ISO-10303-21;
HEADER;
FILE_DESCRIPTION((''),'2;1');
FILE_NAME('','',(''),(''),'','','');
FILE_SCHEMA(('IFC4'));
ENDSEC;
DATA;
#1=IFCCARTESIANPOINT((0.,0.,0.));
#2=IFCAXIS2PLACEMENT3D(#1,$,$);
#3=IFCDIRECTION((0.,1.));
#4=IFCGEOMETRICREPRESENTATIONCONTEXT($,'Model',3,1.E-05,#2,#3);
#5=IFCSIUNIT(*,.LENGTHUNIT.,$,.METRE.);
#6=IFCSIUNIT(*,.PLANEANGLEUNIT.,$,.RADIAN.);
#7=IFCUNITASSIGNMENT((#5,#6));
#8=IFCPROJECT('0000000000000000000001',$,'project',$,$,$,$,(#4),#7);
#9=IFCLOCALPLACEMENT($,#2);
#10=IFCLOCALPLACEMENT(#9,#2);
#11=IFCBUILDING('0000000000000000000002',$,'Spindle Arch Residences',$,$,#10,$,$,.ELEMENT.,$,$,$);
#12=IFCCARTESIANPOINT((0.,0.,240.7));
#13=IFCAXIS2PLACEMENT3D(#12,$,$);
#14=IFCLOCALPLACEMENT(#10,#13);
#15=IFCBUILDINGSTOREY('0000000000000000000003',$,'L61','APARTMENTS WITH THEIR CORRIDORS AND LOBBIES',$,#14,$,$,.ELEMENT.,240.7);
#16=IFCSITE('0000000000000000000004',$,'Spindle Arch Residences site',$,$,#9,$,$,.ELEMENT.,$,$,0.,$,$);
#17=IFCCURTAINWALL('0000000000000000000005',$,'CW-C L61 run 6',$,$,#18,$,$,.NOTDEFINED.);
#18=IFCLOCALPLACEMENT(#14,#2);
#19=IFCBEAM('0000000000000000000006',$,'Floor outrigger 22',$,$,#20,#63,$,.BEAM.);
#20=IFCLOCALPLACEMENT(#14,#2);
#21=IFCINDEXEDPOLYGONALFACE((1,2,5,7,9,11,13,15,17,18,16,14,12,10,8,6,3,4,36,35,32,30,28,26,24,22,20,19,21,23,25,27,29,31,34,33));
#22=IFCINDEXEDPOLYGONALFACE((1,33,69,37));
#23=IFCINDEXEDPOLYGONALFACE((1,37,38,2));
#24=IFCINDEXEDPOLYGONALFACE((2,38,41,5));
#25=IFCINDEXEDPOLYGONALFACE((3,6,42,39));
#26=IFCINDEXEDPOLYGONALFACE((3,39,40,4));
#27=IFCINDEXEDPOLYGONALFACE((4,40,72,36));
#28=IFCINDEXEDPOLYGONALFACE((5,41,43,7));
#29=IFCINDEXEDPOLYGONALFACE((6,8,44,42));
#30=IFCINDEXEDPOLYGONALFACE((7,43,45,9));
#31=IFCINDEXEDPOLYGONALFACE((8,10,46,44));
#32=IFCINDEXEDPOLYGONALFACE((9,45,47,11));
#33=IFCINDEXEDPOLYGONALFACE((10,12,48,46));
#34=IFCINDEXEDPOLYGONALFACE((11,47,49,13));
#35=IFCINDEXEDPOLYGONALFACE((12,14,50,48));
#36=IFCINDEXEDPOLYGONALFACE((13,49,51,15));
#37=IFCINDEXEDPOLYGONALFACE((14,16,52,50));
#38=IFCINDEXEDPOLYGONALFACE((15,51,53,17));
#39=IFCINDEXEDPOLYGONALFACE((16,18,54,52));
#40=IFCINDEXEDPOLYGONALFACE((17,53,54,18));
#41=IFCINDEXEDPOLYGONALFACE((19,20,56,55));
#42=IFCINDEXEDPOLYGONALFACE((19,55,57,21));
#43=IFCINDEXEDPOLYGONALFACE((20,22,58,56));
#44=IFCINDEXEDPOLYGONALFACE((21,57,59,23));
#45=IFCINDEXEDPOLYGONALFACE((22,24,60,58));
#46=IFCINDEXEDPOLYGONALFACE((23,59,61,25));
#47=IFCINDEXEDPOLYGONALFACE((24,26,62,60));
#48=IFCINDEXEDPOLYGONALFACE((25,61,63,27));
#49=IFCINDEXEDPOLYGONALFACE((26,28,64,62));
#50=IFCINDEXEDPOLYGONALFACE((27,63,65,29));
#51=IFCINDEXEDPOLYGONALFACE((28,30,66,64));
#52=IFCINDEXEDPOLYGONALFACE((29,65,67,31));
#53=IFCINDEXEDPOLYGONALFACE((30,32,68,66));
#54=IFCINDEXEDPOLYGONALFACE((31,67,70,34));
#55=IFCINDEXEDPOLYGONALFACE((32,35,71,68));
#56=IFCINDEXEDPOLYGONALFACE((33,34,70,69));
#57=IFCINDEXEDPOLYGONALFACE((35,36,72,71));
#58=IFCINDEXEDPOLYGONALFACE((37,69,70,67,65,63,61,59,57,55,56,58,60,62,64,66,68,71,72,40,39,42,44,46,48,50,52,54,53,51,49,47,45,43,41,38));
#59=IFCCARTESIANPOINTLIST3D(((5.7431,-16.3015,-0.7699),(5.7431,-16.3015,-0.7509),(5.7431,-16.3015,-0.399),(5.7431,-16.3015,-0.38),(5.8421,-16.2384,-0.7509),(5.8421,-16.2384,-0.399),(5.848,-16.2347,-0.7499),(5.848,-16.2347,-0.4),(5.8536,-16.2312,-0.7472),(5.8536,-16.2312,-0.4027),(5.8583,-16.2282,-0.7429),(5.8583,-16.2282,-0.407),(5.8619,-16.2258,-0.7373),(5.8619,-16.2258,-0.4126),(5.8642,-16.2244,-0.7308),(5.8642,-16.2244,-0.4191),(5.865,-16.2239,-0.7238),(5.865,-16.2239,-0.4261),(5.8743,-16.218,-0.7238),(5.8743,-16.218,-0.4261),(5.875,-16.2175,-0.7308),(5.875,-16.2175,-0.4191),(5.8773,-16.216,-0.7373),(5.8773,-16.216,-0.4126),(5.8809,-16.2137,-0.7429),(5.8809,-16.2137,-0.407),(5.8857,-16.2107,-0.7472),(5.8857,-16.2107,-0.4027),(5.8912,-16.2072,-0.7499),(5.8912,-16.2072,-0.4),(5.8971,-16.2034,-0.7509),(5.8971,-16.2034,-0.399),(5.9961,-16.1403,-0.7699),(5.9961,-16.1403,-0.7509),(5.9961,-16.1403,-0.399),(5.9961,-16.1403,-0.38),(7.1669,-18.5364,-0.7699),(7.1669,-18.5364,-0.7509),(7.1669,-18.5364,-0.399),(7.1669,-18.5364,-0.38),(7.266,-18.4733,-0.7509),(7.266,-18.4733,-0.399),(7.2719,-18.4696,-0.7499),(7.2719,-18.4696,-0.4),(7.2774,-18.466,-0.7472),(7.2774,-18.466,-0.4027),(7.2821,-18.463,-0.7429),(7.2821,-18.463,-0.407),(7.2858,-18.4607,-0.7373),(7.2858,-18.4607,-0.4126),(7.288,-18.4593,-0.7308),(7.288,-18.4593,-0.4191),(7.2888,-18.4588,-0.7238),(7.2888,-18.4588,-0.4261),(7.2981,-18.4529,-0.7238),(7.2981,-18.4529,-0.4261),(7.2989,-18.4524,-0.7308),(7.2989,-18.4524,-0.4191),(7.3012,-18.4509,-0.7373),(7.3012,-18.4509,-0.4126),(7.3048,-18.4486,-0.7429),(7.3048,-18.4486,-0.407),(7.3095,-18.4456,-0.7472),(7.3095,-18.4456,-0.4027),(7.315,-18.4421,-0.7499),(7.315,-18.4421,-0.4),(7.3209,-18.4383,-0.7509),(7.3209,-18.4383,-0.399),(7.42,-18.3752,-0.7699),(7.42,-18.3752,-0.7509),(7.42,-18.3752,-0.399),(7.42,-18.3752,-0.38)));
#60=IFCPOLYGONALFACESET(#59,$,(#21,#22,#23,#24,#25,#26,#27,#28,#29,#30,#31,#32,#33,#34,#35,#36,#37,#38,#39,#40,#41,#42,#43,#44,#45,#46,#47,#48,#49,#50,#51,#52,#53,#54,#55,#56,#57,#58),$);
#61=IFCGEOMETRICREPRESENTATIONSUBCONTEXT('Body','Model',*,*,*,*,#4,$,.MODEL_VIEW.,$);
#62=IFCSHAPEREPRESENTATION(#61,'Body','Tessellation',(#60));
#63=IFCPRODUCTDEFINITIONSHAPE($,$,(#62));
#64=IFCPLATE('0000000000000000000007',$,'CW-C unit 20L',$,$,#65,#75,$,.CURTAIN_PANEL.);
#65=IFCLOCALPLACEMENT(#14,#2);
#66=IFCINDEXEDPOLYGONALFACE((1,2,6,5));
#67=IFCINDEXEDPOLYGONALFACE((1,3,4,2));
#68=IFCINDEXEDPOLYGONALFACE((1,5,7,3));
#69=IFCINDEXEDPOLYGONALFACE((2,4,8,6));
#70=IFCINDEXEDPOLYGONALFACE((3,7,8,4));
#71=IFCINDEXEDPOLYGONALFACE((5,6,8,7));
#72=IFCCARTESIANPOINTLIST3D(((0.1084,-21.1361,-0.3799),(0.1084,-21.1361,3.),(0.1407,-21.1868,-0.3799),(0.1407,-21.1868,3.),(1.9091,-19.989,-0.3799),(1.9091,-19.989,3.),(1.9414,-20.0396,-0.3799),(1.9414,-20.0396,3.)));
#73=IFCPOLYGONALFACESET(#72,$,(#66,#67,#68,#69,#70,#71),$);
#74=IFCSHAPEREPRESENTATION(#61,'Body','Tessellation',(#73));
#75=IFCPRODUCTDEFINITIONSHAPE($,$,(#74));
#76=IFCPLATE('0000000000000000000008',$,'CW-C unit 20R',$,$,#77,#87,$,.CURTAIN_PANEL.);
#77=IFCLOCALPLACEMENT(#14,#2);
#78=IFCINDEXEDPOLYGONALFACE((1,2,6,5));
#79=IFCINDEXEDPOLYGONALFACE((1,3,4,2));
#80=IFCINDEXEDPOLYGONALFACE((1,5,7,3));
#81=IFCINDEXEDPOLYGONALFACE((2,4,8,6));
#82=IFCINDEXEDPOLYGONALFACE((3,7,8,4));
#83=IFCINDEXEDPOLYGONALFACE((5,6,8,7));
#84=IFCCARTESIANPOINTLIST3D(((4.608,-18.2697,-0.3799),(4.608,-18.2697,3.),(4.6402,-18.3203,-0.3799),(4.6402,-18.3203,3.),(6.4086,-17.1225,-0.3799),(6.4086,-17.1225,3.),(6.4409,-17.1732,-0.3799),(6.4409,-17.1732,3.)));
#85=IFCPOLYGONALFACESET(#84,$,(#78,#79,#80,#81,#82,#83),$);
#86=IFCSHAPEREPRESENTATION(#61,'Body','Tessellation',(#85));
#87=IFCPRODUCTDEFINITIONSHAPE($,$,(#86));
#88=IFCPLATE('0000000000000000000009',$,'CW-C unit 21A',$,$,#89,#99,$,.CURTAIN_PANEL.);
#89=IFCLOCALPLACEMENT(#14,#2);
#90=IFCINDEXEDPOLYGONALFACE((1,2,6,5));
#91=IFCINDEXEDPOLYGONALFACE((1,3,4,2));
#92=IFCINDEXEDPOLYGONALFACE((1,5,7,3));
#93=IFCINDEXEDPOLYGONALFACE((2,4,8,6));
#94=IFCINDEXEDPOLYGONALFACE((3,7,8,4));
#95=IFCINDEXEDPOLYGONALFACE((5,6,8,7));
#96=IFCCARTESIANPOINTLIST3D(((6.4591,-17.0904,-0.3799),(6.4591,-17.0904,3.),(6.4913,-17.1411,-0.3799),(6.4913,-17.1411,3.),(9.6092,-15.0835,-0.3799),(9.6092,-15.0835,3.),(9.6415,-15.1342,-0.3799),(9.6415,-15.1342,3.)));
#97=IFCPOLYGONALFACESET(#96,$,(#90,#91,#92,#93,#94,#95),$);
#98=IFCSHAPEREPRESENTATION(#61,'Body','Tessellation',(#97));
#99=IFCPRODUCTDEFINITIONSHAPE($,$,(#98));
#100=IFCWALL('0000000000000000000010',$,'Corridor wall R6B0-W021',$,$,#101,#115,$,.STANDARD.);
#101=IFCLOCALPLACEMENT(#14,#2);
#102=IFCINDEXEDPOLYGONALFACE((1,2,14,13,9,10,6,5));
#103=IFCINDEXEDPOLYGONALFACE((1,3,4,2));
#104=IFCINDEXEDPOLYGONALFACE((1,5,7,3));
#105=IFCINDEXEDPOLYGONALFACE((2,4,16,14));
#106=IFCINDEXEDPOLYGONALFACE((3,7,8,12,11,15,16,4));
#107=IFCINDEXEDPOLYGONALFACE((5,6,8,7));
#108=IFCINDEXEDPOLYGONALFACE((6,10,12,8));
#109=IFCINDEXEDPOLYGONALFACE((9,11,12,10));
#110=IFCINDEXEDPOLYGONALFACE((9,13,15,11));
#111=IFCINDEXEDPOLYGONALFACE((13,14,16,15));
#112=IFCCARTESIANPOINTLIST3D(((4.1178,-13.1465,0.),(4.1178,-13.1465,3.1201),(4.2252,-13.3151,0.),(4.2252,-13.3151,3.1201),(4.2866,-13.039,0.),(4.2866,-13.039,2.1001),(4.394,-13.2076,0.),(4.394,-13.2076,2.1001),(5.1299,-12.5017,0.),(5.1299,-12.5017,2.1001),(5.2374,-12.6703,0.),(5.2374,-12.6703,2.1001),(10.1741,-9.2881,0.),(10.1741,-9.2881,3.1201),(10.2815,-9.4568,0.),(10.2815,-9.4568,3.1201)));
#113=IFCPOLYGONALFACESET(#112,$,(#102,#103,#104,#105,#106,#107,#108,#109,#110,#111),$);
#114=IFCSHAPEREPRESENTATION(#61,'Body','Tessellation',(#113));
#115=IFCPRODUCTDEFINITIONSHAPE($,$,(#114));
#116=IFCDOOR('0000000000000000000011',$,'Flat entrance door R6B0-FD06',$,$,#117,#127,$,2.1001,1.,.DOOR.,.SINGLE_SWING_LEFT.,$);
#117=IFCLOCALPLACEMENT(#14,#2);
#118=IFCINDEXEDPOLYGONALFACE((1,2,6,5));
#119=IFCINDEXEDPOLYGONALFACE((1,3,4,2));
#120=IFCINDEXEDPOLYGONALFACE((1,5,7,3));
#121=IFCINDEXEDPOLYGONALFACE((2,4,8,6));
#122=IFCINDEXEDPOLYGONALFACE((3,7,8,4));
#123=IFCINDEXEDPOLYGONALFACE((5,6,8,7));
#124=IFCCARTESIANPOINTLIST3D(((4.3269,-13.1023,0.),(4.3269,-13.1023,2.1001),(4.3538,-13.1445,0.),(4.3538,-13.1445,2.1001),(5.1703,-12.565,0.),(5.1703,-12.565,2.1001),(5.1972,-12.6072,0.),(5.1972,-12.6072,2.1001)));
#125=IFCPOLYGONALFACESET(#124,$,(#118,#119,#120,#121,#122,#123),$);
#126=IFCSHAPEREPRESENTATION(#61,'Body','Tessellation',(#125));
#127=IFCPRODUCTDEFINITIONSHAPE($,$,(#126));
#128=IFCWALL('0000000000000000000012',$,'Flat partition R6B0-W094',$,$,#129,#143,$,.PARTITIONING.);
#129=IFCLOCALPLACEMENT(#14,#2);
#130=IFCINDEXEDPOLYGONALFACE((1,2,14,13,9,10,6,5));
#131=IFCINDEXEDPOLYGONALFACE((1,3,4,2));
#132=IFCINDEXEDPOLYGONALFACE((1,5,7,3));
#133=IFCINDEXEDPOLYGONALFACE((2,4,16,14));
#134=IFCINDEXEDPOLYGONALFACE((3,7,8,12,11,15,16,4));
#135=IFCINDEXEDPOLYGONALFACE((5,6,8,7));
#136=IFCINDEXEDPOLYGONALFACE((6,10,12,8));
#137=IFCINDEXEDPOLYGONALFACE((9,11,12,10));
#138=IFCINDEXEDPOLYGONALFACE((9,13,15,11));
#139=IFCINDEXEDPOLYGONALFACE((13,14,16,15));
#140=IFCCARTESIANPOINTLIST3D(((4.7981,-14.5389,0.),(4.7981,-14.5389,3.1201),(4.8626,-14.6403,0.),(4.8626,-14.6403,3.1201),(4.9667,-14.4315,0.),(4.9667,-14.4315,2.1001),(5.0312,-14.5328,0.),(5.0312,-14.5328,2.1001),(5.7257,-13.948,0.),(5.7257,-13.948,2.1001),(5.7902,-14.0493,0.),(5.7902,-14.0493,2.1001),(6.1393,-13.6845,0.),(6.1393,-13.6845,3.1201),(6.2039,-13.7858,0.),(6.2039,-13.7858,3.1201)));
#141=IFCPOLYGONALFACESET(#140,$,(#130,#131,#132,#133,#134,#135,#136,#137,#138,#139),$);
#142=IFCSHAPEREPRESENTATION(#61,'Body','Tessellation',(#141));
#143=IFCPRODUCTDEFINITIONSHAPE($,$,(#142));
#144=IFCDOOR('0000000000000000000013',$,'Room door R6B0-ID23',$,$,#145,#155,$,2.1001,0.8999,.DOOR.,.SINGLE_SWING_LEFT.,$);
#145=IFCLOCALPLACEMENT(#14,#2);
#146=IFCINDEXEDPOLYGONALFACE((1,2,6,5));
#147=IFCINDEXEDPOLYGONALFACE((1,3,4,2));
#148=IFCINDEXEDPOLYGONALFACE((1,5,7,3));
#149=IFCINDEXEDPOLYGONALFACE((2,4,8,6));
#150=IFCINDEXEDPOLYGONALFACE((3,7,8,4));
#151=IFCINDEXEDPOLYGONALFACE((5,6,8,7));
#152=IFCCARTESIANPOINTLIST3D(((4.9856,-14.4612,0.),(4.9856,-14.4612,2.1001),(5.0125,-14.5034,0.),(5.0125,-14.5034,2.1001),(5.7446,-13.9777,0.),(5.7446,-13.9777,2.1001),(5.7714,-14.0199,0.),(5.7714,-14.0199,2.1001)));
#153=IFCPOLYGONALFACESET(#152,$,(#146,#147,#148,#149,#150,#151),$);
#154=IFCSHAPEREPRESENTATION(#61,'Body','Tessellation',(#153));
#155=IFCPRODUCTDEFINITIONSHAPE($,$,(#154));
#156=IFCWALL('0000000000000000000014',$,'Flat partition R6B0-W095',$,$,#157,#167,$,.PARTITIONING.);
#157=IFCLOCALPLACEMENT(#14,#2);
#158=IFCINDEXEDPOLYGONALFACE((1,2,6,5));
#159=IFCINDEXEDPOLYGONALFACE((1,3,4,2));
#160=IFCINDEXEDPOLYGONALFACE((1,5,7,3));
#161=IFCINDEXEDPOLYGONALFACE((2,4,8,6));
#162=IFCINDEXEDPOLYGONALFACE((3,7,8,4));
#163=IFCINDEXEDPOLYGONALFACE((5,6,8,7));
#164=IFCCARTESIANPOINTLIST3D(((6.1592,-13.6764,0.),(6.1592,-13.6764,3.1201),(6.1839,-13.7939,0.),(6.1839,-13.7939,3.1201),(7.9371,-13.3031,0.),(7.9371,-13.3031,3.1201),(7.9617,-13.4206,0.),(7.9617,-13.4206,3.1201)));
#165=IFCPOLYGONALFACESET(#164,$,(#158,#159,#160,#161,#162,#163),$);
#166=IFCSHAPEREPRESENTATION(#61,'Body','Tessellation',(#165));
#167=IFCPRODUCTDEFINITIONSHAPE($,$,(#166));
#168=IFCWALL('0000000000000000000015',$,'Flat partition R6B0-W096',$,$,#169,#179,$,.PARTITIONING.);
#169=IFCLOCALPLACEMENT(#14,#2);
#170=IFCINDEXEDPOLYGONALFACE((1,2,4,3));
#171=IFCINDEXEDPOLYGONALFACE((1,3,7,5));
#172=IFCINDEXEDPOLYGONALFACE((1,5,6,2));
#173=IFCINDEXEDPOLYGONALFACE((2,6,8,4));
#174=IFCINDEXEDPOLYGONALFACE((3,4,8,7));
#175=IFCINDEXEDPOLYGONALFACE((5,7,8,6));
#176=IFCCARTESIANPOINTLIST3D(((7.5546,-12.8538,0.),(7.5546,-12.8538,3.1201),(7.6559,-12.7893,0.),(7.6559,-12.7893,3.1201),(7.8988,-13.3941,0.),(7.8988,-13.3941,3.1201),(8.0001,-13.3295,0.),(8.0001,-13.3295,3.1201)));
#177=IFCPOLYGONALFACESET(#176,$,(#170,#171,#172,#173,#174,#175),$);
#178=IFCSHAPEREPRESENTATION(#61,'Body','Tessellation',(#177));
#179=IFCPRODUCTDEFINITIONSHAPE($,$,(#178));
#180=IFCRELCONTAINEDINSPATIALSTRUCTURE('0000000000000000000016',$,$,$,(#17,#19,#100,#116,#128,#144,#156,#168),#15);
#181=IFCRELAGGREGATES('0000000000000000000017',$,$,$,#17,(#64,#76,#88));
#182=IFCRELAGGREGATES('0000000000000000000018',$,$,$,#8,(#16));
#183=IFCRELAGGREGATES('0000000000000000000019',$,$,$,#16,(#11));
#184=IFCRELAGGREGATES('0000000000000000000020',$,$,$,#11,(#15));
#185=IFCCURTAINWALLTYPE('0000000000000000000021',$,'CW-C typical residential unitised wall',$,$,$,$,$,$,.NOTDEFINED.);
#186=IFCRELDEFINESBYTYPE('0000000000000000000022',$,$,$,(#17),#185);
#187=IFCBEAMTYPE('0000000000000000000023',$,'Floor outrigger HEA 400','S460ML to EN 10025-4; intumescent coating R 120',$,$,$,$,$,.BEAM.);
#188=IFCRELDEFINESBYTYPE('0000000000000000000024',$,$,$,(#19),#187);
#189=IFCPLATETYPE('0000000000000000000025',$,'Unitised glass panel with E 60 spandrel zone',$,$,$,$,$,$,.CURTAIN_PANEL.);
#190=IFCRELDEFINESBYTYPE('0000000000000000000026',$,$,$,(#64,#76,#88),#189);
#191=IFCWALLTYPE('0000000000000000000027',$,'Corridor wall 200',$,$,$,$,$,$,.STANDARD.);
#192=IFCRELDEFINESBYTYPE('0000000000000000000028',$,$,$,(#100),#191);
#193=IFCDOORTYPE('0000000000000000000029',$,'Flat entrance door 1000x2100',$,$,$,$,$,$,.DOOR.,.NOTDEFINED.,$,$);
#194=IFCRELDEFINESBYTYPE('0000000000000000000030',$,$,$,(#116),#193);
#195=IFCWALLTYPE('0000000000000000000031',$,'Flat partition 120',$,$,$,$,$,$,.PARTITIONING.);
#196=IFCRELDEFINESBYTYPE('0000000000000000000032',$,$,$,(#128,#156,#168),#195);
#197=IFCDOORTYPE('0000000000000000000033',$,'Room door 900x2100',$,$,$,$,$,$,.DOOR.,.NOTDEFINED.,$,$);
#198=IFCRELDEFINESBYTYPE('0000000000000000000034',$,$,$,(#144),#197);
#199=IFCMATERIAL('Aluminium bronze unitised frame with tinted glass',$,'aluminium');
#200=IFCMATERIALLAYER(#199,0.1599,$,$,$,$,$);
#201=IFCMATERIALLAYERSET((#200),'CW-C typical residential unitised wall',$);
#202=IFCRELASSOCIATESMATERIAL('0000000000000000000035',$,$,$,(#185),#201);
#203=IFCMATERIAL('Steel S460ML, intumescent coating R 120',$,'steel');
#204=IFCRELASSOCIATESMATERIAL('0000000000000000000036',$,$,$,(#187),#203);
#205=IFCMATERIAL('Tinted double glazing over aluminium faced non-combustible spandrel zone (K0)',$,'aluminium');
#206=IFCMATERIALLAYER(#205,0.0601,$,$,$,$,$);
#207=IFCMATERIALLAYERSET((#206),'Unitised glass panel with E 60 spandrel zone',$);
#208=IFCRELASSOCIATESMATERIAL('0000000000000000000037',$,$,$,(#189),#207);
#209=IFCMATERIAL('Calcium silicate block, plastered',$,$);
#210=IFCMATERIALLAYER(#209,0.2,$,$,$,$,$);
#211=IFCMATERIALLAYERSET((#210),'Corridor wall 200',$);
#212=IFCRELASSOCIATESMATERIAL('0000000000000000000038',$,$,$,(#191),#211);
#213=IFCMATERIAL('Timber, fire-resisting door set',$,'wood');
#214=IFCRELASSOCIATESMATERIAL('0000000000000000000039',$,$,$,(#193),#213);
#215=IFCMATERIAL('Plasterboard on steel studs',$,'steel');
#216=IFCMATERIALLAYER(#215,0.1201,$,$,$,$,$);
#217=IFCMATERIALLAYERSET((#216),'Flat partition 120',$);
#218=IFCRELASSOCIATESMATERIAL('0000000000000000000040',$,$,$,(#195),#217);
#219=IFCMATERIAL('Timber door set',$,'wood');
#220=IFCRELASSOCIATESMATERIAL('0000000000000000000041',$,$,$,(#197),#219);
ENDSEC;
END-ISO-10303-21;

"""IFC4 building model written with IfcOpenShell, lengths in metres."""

from ifc_helpers import new_model, si_unit, direction, frame, frame_2d, origin, origin_2d, place, context, subcontext, project, spatial, rectangle, i_section, extrude, material, layer, layer_set, material_profile, profile_set, type_object, element, fill, aggregate, save


model = new_model("IFC4")

# Units and contexts
model_context = context("Model", 3, precision=1e-05, world=origin(), true_north=direction((0.0, 1.0)))
body_context = subcontext(model_context, "Body", "Model", "MODEL_VIEW")
ifc_project = project(units=[si_unit("LENGTHUNIT", "METRE"), si_unit("PLANEANGLEUNIT", "RADIAN")], contexts=[model_context])

# Site, building, storey
site_placement = place(None, origin())
site = spatial("IfcSite", under=ifc_project, at=site_placement, Name="Spindle Arch Residences site", CompositionType="ELEMENT", RefElevation=0.0)
building_placement = place(site_placement, origin())
building = spatial("IfcBuilding", under=site, at=building_placement, Name="Spindle Arch Residences", CompositionType="ELEMENT")
storey_placement = place(building_placement, frame((0.0, 0.0, 240.7)))
storey = spatial("IfcBuildingStorey", under=building, at=storey_placement, Name="L61", Description="APARTMENTS WITH THEIR CORRIDORS AND LOBBIES", CompositionType="ELEMENT", Elevation=240.7)

# Curtain wall
ifc_material_1 = material(Name="Aluminium bronze unitised frame with tinted glass", Category="aluminium")
ifc_layer_1 = layer(ifc_material_1, 0.1599)
ifc_layer_set_1 = layer_set([ifc_layer_1], Name="CW-C typical residential unitised wall")
curtain_wall_type = type_object("IfcCurtainWallType", Name="CW-C typical residential unitised wall", PredefinedType="NOTDEFINED", material=ifc_layer_set_1)
curtain_wall_placement = place(storey_placement, origin())
curtain_wall = element("IfcCurtainWall", 1, at=curtain_wall_placement, inside=storey, type_object=curtain_wall_type, Name="CW-C L61 run 6", PredefinedType="NOTDEFINED")

# Beam
ifc_material_2 = material(Name="Steel S460ML, intumescent coating R 120", Category="steel")
ifc_material_profile_1 = material_profile(ifc_material_2, i_section(OverallWidth=0.3, OverallDepth=0.3899, WebThickness=0.011, FlangeThickness=0.019, FilletRadius=0.0271, at=origin_2d()), Name="HEA 400")
ifc_profile_set_1 = profile_set([ifc_material_profile_1], Name="Steel S460ML, intumescent coating R 120")
beam_type_1 = type_object("IfcBeamType", Name="Floor outrigger HEA 400", Description="S460ML to EN 10025-4; intumescent coating R 120", PredefinedType="BEAM", material=ifc_profile_set_1)
for number, where, z_axis, x_axis, name in (
    (2, (7.2935, -18.4558, -0.575), (-0.537317, 0.843381, 0.0), (-0.843381, -0.537317, 0.0), "Floor outrigger 22"),
):
    element("IfcBeam", number, at=place(storey_placement, frame(where, z_axis=z_axis, x_axis=x_axis)), inside=storey, type_object=beam_type_1, Name=name, PredefinedType="BEAM", context=body_context, shape_type="SweptSolid", body=[
        extrude(i_section(OverallWidth=0.3, OverallDepth=0.3899, WebThickness=0.011, FlangeThickness=0.019, FilletRadius=0.0271, at=origin_2d()), origin(), (0.0, 0.0, 1.0), 2.6499),
    ])

# Plates
ifc_material_3 = material(Name="Tinted double glazing over aluminium faced non-combustible spandrel zone (K0)", Category="aluminium")
ifc_layer_2 = layer(ifc_material_3, 0.0601)
ifc_layer_set_2 = layer_set([ifc_layer_2], Name="Unitised glass panel with E 60 spandrel zone")
plate_type = type_object("IfcPlateType", Name="Unitised glass panel with E 60 spandrel zone", PredefinedType="CURTAIN_PANEL", material=ifc_layer_set_2)
plate_1_placement = place(storey_placement, frame((1.0249, -20.5879, -0.3799), z_axis=(0.0, 0.0, 1.0), x_axis=(0.843391, 0.5373, 0.0)))
plate_1 = element("IfcPlate", 3, at=plate_1_placement, type_object=plate_type, Name="CW-C unit 20L", PredefinedType="CURTAIN_PANEL", context=body_context, shape_type="SweptSolid", body=[
    extrude(rectangle(XDim=2.135, YDim=0.0601, at=origin_2d()), origin(), (0.0, 0.0, 1.0), 3.3799),
])
plate_2_placement = place(storey_placement, frame((5.5244, -17.7214, -0.3799), z_axis=(0.0, 0.0, 1.0), x_axis=(0.843391, 0.5373, 0.0)))
plate_2 = element("IfcPlate", 4, at=plate_2_placement, type_object=plate_type, Name="CW-C unit 20R", PredefinedType="CURTAIN_PANEL", context=body_context, shape_type="SweptSolid", body=[
    extrude(rectangle(XDim=2.135, YDim=0.0601, at=origin_2d()), origin(), (0.0, 0.0, 1.0), 3.3799),
])
plate_3_placement = place(storey_placement, frame((8.0503, -16.1123, -0.3799), z_axis=(0.0, 0.0, 1.0), x_axis=(0.843391, 0.5373, 0.0)))
plate_3 = element("IfcPlate", 5, at=plate_3_placement, type_object=plate_type, Name="CW-C unit 21A", PredefinedType="CURTAIN_PANEL", context=body_context, shape_type="SweptSolid", body=[
    extrude(rectangle(XDim=3.7351, YDim=0.0601, at=origin_2d()), origin(), (0.0, 0.0, 1.0), 3.3799),
])
aggregate(curtain_wall, [plate_1, plate_2, plate_3])

# Walls, openings, doors
ifc_material_4 = material(Name="Calcium silicate block, plastered")
ifc_layer_3 = layer(ifc_material_4, 0.2)
ifc_layer_set_3 = layer_set([ifc_layer_3], Name="Corridor wall 200")
wall_type_1 = type_object("IfcWallType", Name="Corridor wall 200", PredefinedType="STANDARD", material=ifc_layer_set_3)
wall_1_placement = place(storey_placement, frame((4.1716, -13.2307, 0.0), z_axis=(0.0, 0.0, 1.0), x_axis=(0.843388, 0.537304, 0.0)))
wall_1 = element("IfcWall", 6, at=wall_1_placement, inside=storey, type_object=wall_type_1, Name="Corridor wall R6B0-W021", PredefinedType="STANDARD", context=body_context, shape_type="SweptSolid", body=[
    extrude(rectangle(XDim=7.1809, YDim=0.2, at=frame_2d((3.5903, 0.0))), origin(), (0.0, 0.0, 1.0), 3.1201),
])
opening_1_placement = place(wall_1_placement, frame((0.2, 0.0, 0.0)))
opening_1 = element("IfcOpeningElement", 7, at=opening_1_placement, cuts=wall_1, PredefinedType="OPENING", context=body_context, shape_type="SweptSolid", body=[
    extrude(rectangle(XDim=1.0, YDim=2.1001, at=frame_2d((0.5, 1.05))), frame((0.0, 0.1099, 0.0), z_axis=(0.0, -1.0, 0.0), x_axis=(1.0, 0.0, 0.0)), (0.0, 0.0, 1.0), 0.22),
])
ifc_material_5 = material(Name="Timber, fire-resisting door set", Category="wood")
door_type_1 = type_object("IfcDoorType", Name="Flat entrance door 1000x2100", OperationType="NOTDEFINED", PredefinedType="DOOR", material=ifc_material_5)
door_1_placement = place(opening_1_placement, origin())
door_1 = element("IfcDoor", 8, at=door_1_placement, inside=storey, type_object=door_type_1, Name="Flat entrance door R6B0-FD06", OperationType="SINGLE_SWING_LEFT", OverallHeight=2.1001, OverallWidth=1.0, PredefinedType="DOOR", context=body_context, shape_type="SweptSolid", body=[
    extrude(rectangle(XDim=1.0, YDim=2.1001, at=frame_2d((0.5, 1.05))), frame((0.0, 0.0249, 0.0), z_axis=(0.0, -1.0, 0.0), x_axis=(1.0, 0.0, 0.0)), (0.0, 0.0, 1.0), 0.05),
])
fill(opening_1, door_1)
ifc_material_6 = material(Name="Plasterboard on steel studs", Category="steel")
ifc_layer_4 = layer(ifc_material_6, 0.1201)
ifc_layer_set_4 = layer_set([ifc_layer_4], Name="Flat partition 120")
wall_type_2 = type_object("IfcWallType", Name="Flat partition 120", PredefinedType="PARTITIONING", material=ifc_layer_set_4)
wall_2_placement = place(storey_placement, frame((4.8303, -14.5896, 0.0), z_axis=(0.0, 0.0, 1.0), x_axis=(0.843396, 0.537293, 0.0)))
wall_2 = element("IfcWall", 9, at=wall_2_placement, inside=storey, type_object=wall_type_2, Name="Flat partition R6B0-W094", PredefinedType="PARTITIONING", context=body_context, shape_type="SweptSolid", body=[
    extrude(rectangle(XDim=1.5903, YDim=0.1201, at=frame_2d((0.7952, 0.0))), origin(), (0.0, 0.0, 1.0), 3.1201),
])
opening_2_placement = place(wall_2_placement, frame((0.2, 0.0, 0.0)))
opening_2 = element("IfcOpeningElement", 10, at=opening_2_placement, cuts=wall_2, PredefinedType="OPENING", context=body_context, shape_type="SweptSolid", body=[
    extrude(rectangle(XDim=0.8999, YDim=2.1001, at=frame_2d((0.45, 1.05))), frame((0.0, 0.0701, 0.0), z_axis=(0.0, -1.0, 0.0), x_axis=(1.0, 0.0, 0.0)), (0.0, 0.0, 1.0), 0.1401),
])
ifc_material_7 = material(Name="Timber door set", Category="wood")
door_type_2 = type_object("IfcDoorType", Name="Room door 900x2100", OperationType="NOTDEFINED", PredefinedType="DOOR", material=ifc_material_7)
door_2_placement = place(opening_2_placement, origin())
door_2 = element("IfcDoor", 11, at=door_2_placement, inside=storey, type_object=door_type_2, Name="Room door R6B0-ID23", OperationType="SINGLE_SWING_LEFT", OverallHeight=2.1001, OverallWidth=0.8999, PredefinedType="DOOR", context=body_context, shape_type="SweptSolid", body=[
    extrude(rectangle(XDim=0.8999, YDim=2.1001, at=frame_2d((0.45, 1.05))), frame((0.0, 0.0249, 0.0), z_axis=(0.0, -1.0, 0.0), x_axis=(1.0, 0.0, 0.0)), (0.0, 0.0, 1.0), 0.05),
])
fill(opening_2, door_2)

# Walls
wall_3_placement = place(storey_placement, frame((6.1716, -13.7351, 0.0), z_axis=(0.0, 0.0, 1.0), x_axis=(0.978659, 0.205489, 0.0)))
element("IfcWall", 12, at=wall_3_placement, inside=storey, type_object=wall_type_2, Name="Flat partition R6B0-W095", PredefinedType="PARTITIONING", context=body_context, shape_type="SweptSolid", body=[
    extrude(rectangle(XDim=1.8167, YDim=0.1201, at=frame_2d((0.9082, 0.0))), origin(), (0.0, 0.0, 1.0), 3.1201),
])
wall_4_placement = place(storey_placement, frame((7.9495, -13.3618, 0.0), z_axis=(0.0, 0.0, 1.0), x_axis=(-0.537344, 0.843363, 0.0)))
element("IfcWall", 13, at=wall_4_placement, inside=storey, type_object=wall_type_2, Name="Flat partition R6B0-W096", PredefinedType="PARTITIONING", context=body_context, shape_type="SweptSolid", body=[
    extrude(rectangle(XDim=0.6406, YDim=0.1201, at=frame_2d((0.3203, 0.0))), origin(), (0.0, 0.0, 1.0), 3.1201),
])

save(model, "model.ifc")
